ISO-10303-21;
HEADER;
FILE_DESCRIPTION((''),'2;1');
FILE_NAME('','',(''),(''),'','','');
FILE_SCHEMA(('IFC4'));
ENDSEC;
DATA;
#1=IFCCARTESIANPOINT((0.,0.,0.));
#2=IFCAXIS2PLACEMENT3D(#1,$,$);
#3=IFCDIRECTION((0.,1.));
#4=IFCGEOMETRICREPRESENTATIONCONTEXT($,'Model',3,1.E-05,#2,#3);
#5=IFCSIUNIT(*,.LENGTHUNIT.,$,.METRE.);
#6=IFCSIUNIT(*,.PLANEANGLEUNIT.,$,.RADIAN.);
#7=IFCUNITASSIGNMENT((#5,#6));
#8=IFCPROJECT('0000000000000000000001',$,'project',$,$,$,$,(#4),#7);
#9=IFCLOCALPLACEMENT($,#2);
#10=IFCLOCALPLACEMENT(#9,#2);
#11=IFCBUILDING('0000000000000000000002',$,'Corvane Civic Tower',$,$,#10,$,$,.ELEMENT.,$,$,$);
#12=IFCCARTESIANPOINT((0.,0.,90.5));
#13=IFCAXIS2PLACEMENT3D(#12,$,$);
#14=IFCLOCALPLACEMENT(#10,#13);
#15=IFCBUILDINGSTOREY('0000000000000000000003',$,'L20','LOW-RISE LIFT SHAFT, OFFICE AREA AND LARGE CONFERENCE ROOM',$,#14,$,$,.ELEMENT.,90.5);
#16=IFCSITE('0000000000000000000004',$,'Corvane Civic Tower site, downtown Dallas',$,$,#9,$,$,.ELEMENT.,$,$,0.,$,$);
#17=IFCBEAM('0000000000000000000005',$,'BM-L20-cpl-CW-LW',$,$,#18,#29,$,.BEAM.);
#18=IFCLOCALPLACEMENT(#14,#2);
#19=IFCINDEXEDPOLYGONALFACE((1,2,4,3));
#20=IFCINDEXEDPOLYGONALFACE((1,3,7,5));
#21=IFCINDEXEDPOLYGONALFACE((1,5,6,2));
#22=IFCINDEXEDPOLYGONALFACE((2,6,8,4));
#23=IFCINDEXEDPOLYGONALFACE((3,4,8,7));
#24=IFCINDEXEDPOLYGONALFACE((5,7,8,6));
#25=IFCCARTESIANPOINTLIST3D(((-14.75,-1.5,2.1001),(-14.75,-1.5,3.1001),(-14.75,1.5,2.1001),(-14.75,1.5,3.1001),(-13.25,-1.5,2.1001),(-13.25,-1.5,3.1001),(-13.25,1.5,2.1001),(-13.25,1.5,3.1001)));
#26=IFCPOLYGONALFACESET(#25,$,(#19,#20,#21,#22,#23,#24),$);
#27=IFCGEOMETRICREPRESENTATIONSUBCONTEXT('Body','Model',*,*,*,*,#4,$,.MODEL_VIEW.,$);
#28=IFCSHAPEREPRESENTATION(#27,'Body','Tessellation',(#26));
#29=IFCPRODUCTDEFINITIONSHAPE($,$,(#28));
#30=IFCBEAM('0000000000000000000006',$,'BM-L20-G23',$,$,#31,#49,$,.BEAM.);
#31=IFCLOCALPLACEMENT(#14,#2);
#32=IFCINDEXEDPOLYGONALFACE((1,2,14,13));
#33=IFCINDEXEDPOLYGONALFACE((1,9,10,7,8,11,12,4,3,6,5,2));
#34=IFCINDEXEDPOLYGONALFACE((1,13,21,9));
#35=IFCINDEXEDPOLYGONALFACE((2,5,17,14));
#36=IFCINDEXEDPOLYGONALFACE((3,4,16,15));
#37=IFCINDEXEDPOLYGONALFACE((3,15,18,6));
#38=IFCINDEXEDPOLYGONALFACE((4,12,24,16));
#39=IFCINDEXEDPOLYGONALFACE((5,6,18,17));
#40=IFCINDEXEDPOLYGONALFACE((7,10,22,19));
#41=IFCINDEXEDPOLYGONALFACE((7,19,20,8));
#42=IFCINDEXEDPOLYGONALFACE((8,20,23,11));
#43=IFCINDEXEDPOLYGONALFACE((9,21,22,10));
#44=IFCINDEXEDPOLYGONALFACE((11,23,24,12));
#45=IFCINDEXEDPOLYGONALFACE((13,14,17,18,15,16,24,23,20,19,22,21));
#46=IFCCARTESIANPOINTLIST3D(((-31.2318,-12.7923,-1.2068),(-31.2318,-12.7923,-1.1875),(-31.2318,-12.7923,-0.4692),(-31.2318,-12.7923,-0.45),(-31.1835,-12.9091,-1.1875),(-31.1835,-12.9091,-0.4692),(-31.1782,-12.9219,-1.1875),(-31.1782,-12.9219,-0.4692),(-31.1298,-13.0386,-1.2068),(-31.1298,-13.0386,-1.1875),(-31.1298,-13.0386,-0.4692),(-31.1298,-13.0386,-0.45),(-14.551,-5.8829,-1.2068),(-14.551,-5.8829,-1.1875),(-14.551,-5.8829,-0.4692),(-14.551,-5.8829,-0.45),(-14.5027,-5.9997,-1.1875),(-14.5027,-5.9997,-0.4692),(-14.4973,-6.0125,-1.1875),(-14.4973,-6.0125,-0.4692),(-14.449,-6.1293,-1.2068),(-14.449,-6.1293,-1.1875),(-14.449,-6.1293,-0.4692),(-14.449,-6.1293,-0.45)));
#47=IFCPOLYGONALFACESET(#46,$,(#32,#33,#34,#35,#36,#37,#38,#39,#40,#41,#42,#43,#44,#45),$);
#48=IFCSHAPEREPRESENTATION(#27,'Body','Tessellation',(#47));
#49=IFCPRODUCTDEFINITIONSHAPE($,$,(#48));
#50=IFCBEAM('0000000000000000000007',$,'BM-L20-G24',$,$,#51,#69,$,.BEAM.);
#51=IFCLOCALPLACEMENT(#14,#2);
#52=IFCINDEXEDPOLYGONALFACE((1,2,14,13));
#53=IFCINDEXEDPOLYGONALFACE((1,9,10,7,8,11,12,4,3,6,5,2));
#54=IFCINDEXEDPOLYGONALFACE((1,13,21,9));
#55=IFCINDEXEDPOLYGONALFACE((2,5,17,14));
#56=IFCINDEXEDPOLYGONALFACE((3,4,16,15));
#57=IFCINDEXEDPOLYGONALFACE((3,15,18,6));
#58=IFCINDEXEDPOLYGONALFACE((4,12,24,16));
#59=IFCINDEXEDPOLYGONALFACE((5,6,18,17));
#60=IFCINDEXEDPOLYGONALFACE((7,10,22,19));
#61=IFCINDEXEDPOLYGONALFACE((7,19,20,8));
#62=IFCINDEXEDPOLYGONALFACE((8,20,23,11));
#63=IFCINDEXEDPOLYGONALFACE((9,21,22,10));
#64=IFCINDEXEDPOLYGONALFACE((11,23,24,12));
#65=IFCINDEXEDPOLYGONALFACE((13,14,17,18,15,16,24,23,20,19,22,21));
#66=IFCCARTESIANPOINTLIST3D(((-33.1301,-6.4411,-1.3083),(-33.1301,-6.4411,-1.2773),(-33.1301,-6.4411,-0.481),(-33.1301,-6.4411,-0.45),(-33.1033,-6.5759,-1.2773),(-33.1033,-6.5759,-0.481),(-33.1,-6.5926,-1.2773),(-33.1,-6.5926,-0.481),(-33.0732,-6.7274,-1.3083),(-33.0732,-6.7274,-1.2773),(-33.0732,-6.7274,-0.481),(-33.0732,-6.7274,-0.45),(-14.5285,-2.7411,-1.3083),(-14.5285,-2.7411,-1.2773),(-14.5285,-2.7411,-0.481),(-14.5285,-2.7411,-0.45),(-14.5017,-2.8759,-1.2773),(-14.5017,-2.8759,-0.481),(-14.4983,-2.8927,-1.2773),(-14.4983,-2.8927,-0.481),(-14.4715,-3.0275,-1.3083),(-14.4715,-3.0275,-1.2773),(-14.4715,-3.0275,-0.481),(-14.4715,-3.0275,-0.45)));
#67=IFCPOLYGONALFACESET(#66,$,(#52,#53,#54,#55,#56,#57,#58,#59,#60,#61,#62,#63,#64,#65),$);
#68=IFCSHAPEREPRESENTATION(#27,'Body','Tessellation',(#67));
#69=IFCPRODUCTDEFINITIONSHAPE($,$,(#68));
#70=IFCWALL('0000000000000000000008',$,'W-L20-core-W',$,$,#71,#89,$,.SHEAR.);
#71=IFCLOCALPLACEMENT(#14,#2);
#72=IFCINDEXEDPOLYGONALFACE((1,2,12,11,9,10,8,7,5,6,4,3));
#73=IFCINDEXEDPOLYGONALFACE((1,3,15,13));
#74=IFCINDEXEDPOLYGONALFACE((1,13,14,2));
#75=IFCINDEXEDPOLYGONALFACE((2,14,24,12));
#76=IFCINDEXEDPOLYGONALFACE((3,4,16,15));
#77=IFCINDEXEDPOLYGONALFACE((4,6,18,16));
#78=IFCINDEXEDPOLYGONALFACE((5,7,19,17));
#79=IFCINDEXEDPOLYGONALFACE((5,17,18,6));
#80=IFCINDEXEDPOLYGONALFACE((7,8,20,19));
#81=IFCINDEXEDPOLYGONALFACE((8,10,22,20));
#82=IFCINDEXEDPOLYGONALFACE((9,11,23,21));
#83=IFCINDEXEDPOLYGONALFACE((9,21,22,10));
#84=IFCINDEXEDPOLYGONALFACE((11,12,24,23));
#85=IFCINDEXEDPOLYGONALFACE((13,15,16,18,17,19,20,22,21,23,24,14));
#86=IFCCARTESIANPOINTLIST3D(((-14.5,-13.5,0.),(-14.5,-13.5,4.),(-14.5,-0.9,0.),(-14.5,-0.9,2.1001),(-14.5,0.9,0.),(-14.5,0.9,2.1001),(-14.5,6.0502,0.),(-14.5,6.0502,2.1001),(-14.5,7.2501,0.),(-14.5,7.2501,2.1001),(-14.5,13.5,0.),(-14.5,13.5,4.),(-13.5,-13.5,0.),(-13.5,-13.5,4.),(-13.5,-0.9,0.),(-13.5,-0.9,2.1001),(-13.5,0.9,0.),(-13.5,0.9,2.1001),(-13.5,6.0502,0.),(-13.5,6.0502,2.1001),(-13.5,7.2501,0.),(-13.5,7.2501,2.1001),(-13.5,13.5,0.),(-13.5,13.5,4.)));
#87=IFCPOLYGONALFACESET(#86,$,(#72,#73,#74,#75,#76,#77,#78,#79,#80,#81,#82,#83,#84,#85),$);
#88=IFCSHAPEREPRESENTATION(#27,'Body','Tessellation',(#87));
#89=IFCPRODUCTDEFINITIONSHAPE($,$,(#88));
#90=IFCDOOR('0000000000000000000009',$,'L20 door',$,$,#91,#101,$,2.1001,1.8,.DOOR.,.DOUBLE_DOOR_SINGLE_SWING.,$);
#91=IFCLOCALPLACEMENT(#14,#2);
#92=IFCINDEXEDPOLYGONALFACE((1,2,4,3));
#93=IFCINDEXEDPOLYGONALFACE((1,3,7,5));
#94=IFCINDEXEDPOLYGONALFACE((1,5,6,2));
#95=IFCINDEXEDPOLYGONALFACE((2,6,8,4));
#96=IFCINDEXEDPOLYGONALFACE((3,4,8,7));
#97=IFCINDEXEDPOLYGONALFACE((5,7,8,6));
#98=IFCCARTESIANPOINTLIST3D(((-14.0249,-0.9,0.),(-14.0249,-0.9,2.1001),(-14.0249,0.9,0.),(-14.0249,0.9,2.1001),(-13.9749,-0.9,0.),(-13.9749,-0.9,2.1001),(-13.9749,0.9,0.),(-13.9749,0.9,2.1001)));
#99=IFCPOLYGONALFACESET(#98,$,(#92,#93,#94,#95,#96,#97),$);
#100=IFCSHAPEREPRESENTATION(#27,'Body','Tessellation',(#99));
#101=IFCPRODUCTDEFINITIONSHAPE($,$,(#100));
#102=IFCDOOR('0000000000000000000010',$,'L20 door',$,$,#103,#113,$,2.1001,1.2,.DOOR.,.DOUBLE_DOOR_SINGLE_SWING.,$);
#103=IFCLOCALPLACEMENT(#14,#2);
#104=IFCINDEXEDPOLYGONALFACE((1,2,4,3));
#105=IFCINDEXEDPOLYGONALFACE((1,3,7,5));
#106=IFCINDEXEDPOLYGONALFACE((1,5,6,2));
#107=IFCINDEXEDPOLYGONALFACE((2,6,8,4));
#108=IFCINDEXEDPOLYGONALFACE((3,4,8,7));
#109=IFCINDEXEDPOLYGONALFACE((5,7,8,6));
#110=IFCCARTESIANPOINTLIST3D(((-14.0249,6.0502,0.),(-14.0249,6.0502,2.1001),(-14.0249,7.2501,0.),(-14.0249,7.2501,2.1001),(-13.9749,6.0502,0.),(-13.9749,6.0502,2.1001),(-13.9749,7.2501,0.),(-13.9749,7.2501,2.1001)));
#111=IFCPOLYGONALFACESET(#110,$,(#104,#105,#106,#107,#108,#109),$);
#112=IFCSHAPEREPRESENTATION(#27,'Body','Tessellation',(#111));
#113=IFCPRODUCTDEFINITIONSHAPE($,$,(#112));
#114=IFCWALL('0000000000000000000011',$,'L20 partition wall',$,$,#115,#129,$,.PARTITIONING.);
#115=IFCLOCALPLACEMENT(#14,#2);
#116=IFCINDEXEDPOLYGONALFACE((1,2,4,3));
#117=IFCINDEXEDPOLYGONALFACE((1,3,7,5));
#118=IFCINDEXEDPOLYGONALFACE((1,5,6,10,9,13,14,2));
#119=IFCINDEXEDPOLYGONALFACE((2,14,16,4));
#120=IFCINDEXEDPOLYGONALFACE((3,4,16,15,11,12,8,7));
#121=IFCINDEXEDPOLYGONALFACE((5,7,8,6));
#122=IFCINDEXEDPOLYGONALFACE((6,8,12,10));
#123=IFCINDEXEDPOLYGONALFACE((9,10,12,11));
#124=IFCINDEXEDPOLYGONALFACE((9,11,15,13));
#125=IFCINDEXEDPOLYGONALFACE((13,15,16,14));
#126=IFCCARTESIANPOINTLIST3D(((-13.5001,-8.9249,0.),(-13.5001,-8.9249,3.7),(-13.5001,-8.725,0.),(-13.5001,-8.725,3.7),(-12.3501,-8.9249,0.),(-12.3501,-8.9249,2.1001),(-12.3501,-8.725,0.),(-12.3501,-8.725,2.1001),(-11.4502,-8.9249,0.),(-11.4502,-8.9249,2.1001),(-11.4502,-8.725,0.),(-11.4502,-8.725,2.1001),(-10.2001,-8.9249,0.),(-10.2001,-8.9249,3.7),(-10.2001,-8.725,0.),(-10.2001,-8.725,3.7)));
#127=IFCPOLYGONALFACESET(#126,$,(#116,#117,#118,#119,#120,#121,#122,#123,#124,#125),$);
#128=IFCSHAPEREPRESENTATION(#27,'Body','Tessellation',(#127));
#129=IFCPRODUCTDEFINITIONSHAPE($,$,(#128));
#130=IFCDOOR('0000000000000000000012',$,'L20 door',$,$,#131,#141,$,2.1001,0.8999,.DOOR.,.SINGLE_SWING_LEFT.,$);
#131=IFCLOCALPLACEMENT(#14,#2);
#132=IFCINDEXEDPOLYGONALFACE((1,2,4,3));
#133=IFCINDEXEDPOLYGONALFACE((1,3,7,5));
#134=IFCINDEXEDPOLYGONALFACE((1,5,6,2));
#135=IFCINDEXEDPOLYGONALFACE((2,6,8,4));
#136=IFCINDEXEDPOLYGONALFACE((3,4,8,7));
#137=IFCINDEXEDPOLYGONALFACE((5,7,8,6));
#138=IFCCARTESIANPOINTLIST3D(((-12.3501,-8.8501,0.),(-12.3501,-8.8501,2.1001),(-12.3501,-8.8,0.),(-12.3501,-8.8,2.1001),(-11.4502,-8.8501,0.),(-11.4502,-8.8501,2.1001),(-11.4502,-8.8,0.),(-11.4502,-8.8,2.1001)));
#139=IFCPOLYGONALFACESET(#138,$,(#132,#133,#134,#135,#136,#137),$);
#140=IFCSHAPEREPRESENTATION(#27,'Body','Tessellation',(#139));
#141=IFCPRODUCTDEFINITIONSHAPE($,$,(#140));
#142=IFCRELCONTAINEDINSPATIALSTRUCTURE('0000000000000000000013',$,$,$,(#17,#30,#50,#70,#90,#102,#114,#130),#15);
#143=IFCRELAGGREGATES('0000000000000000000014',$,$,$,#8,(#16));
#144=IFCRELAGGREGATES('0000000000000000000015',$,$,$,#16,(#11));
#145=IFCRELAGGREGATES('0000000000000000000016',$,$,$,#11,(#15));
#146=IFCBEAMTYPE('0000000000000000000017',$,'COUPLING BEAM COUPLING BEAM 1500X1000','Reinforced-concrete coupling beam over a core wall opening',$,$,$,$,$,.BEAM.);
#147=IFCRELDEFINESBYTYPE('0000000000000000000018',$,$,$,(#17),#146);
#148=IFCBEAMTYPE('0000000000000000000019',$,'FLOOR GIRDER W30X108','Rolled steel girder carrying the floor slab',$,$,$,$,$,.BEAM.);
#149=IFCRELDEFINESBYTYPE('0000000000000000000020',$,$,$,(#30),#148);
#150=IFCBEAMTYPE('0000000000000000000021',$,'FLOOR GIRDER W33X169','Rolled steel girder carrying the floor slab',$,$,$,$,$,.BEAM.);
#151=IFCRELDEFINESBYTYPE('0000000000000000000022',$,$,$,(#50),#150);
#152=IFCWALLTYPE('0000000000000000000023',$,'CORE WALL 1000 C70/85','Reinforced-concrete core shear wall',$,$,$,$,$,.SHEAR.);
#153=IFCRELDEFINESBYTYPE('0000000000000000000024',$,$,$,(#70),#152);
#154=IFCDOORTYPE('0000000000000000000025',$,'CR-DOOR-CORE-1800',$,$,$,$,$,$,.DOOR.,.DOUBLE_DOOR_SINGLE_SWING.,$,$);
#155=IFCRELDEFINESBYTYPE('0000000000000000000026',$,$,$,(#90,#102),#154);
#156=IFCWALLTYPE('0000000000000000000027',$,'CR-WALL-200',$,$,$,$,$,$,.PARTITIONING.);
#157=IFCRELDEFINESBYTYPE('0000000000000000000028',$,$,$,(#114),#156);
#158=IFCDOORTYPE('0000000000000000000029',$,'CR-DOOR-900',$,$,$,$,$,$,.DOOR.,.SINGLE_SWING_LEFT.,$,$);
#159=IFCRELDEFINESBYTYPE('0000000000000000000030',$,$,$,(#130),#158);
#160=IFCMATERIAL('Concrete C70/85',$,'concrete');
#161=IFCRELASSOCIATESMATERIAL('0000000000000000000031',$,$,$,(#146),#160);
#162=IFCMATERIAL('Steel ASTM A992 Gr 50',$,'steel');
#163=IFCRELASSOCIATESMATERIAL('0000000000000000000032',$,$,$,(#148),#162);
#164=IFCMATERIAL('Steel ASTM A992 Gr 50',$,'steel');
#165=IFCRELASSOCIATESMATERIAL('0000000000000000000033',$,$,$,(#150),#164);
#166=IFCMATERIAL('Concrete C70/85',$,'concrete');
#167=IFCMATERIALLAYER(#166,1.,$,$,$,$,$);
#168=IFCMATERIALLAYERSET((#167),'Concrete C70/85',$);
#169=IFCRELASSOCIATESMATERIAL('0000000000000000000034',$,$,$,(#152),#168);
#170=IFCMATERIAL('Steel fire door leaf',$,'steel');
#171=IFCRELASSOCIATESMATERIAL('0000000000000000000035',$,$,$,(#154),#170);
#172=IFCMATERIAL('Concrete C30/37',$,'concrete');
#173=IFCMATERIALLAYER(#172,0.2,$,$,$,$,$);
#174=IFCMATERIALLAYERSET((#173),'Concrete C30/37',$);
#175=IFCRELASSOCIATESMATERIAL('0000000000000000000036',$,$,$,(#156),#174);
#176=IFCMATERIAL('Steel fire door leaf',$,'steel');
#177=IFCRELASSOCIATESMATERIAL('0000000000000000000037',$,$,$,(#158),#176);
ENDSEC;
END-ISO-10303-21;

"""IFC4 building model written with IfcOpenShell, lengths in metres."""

from ifc_helpers import new_model, si_unit, direction, frame, frame_2d, origin, origin_2d, place, context, subcontext, project, spatial, rectangle, i_section, extrude, material, layer, layer_set, material_profile, profile_set, type_object, element, fill, save


model = new_model("IFC4")

# Units and contexts
model_context = context("Model", 3, precision=1e-05, world=origin(), true_north=direction((0.0, 1.0)))
body_context = subcontext(model_context, "Body", "Model", "MODEL_VIEW")
ifc_project = project(units=[si_unit("LENGTHUNIT", "METRE"), si_unit("PLANEANGLEUNIT", "RADIAN")], contexts=[model_context])

# Site, building, storey
site_placement = place(None, origin())
site = spatial("IfcSite", under=ifc_project, at=site_placement, Name="Corvane Civic Tower site, downtown Dallas", CompositionType="ELEMENT", RefElevation=0.0)
building_placement = place(site_placement, origin())
building = spatial("IfcBuilding", under=site, at=building_placement, Name="Corvane Civic Tower", CompositionType="ELEMENT")
storey_placement = place(building_placement, frame((0.0, 0.0, 90.5)))
storey = spatial("IfcBuildingStorey", under=building, at=storey_placement, Name="L20", Description="LOW-RISE LIFT SHAFT, OFFICE AREA AND LARGE CONFERENCE ROOM", CompositionType="ELEMENT", Elevation=90.5)

# Beams
ifc_material_1 = material(Name="Concrete C70/85", Category="concrete")
ifc_material_profile_1 = material_profile(ifc_material_1, rectangle(XDim=1.5, YDim=1.0, at=origin_2d()), Name="COUPLING BEAM 1500X1000")
ifc_profile_set_1 = profile_set([ifc_material_profile_1], Name="Concrete C70/85")
beam_type_1 = type_object("IfcBeamType", Name="COUPLING BEAM COUPLING BEAM 1500X1000", Description="Reinforced-concrete coupling beam over a core wall opening", PredefinedType="BEAM", material=ifc_profile_set_1)
beam_1_placement = place(storey_placement, frame((-14.0, -1.5, 2.6001), z_axis=(0.0, 1.0, 0.0), x_axis=(-1.0, 0.0, 0.0)))
element("IfcBeam", 1, at=beam_1_placement, inside=storey, type_object=beam_type_1, Name="BM-L20-cpl-CW-LW", PredefinedType="BEAM", context=body_context, shape_type="SweptSolid", body=[
    extrude(rectangle(XDim=1.5, YDim=1.0, at=origin_2d()), origin(), (0.0, 0.0, 1.0), 3.0),
])
ifc_material_2 = material(Name="Steel ASTM A992 Gr 50", Category="steel")
ifc_material_profile_2 = material_profile(ifc_material_2, i_section(OverallWidth=0.2666, OverallDepth=0.7568, WebThickness=0.0139, FlangeThickness=0.0193, at=origin_2d()), Name="W30X108")
ifc_profile_set_2 = profile_set([ifc_material_profile_2], Name="Steel ASTM A992 Gr 50")
beam_type_2 = type_object("IfcBeamType", Name="FLOOR GIRDER W30X108", Description="Rolled steel girder carrying the floor slab", PredefinedType="BEAM", material=ifc_profile_set_2)
beam_2_placement = place(storey_placement, frame((-14.5, -6.0061, -0.8284), z_axis=(-0.92388, -0.382682, 0.0), x_axis=(0.382682, -0.92388, 0.0)))
element("IfcBeam", 2, at=beam_2_placement, inside=storey, type_object=beam_type_2, Name="BM-L20-G23", PredefinedType="BEAM", context=body_context, shape_type="SweptSolid", body=[
    extrude(i_section(OverallWidth=0.2666, OverallDepth=0.7568, WebThickness=0.0139, FlangeThickness=0.0193, at=origin_2d()), origin(), (0.0, 0.0, 1.0), 18.0552),
])
ifc_material_3 = material(Name="Steel ASTM A992 Gr 50", Category="steel")
ifc_material_profile_3 = material_profile(ifc_material_3, i_section(OverallWidth=0.292, OverallDepth=0.8584, WebThickness=0.0171, FlangeThickness=0.031, at=origin_2d()), Name="W33X169")
ifc_profile_set_3 = profile_set([ifc_material_profile_3], Name="Steel ASTM A992 Gr 50")
beam_type_3 = type_object("IfcBeamType", Name="FLOOR GIRDER W33X169", Description="Rolled steel girder carrying the floor slab", PredefinedType="BEAM", material=ifc_profile_set_3)
beam_3_placement = place(storey_placement, frame((-14.5, -2.8843, -0.8792), z_axis=(-0.980787, -0.195084, 0.0), x_axis=(0.195084, -0.980787, 0.0)))
element("IfcBeam", 3, at=beam_3_placement, inside=storey, type_object=beam_type_3, Name="BM-L20-G24", PredefinedType="BEAM", context=body_context, shape_type="SweptSolid", body=[
    extrude(i_section(OverallWidth=0.292, OverallDepth=0.8584, WebThickness=0.0171, FlangeThickness=0.031, at=origin_2d()), origin(), (0.0, 0.0, 1.0), 18.9661),
])

# Wall, openings, doors
ifc_material_4 = material(Name="Concrete C70/85", Category="concrete")
ifc_layer_1 = layer(ifc_material_4, 1.0)
ifc_layer_set_1 = layer_set([ifc_layer_1], Name="Concrete C70/85")
wall_type_1 = type_object("IfcWallType", Name="CORE WALL 1000 C70/85", Description="Reinforced-concrete core shear wall", PredefinedType="SHEAR", material=ifc_layer_set_1)
wall_1_placement = place(storey_placement, frame((-14.0, -13.5, 0.0), z_axis=(0.0, 0.0, 1.0), x_axis=(0.0, 1.0, 0.0)))
wall_1 = element("IfcWall", 4, at=wall_1_placement, inside=storey, type_object=wall_type_1, Name="W-L20-core-W", PredefinedType="SHEAR", context=body_context, shape_type="SweptSolid", body=[
    extrude(rectangle(XDim=27.0, YDim=1.0, at=frame_2d((13.5, 0.0))), origin(), (0.0, 0.0, 1.0), 4.0),
])
opening_1_placement = place(wall_1_placement, frame((12.6001, 0.0, 0.0)))
opening_1 = element("IfcOpeningElement", 5, at=opening_1_placement, cuts=wall_1, PredefinedType="OPENING", context=body_context, shape_type="SweptSolid", body=[
    extrude(rectangle(XDim=1.8, YDim=2.1001, at=frame_2d((0.8999, 1.05))), frame((0.0, 0.51, 0.0), z_axis=(0.0, -1.0, 0.0), x_axis=(1.0, 0.0, 0.0)), (0.0, 0.0, 1.0), 1.02),
])
opening_2_placement = place(wall_1_placement, frame((19.55, 0.0, 0.0)))
opening_2 = element("IfcOpeningElement", 6, at=opening_2_placement, cuts=wall_1, PredefinedType="OPENING", context=body_context, shape_type="SweptSolid", body=[
    extrude(rectangle(XDim=1.2, YDim=2.1001, at=frame_2d((0.6001, 1.05))), frame((0.0, 0.51, 0.0), z_axis=(0.0, -1.0, 0.0), x_axis=(1.0, 0.0, 0.0)), (0.0, 0.0, 1.0), 1.02),
])
ifc_material_5 = material(Name="Steel fire door leaf", Category="steel")
door_type_1 = type_object("IfcDoorType", Name="CR-DOOR-CORE-1800", OperationType="DOUBLE_DOOR_SINGLE_SWING", PredefinedType="DOOR", material=ifc_material_5)
door_1_placement = place(opening_1_placement, origin())
door_1 = element("IfcDoor", 7, at=door_1_placement, inside=storey, type_object=door_type_1, Name="L20 door", OperationType="DOUBLE_DOOR_SINGLE_SWING", OverallHeight=2.1001, OverallWidth=1.8, PredefinedType="DOOR", context=body_context, shape_type="SweptSolid", body=[
    extrude(rectangle(XDim=1.8, YDim=2.1001, at=frame_2d((0.8999, 1.05))), frame((0.0, 0.0249, 0.0), z_axis=(0.0, -1.0, 0.0), x_axis=(1.0, 0.0, 0.0)), (0.0, 0.0, 1.0), 0.05),
])
fill(opening_1, door_1)
door_2_placement = place(opening_2_placement, origin())
door_2 = element("IfcDoor", 8, at=door_2_placement, inside=storey, type_object=door_type_1, Name="L20 door", OperationType="DOUBLE_DOOR_SINGLE_SWING", OverallHeight=2.1001, OverallWidth=1.2, PredefinedType="DOOR", context=body_context, shape_type="SweptSolid", body=[
    extrude(rectangle(XDim=1.2, YDim=2.1001, at=frame_2d((0.6001, 1.05))), frame((0.0, 0.0249, 0.0), z_axis=(0.0, -1.0, 0.0), x_axis=(1.0, 0.0, 0.0)), (0.0, 0.0, 1.0), 0.05),
])
fill(opening_2, door_2)

# Wall, opening, door
ifc_material_6 = material(Name="Concrete C30/37", Category="concrete")
ifc_layer_2 = layer(ifc_material_6, 0.2)
ifc_layer_set_2 = layer_set([ifc_layer_2], Name="Concrete C30/37")
wall_type_2 = type_object("IfcWallType", Name="CR-WALL-200", PredefinedType="PARTITIONING", material=ifc_layer_set_2)
wall_2_placement = place(storey_placement, frame((-13.5, -8.825, 0.0), z_axis=(0.0, 0.0, 1.0), x_axis=(1.0, 0.0, 0.0)))
wall_2 = element("IfcWall", 9, at=wall_2_placement, inside=storey, type_object=wall_type_2, Name="L20 partition wall", PredefinedType="PARTITIONING", context=body_context, shape_type="SweptSolid", body=[
    extrude(rectangle(XDim=3.3, YDim=0.2, at=frame_2d((1.6499, 0.0))), origin(), (0.0, 0.0, 1.0), 3.7),
])
opening_3_placement = place(wall_2_placement, frame((1.1499, 0.0, 0.0)))
opening_3 = element("IfcOpeningElement", 10, at=opening_3_placement, cuts=wall_2, PredefinedType="OPENING", context=body_context, shape_type="SweptSolid", body=[
    extrude(rectangle(XDim=0.8999, YDim=2.1001, at=frame_2d((0.45, 1.05))), frame((0.0, 0.1099, 0.0), z_axis=(0.0, -1.0, 0.0), x_axis=(1.0, 0.0, 0.0)), (0.0, 0.0, 1.0), 0.22),
])
ifc_material_7 = material(Name="Steel fire door leaf", Category="steel")
door_type_2 = type_object("IfcDoorType", Name="CR-DOOR-900", OperationType="SINGLE_SWING_LEFT", PredefinedType="DOOR", material=ifc_material_7)
door_3_placement = place(opening_3_placement, origin())
door_3 = element("IfcDoor", 11, at=door_3_placement, inside=storey, type_object=door_type_2, Name="L20 door", OperationType="SINGLE_SWING_LEFT", OverallHeight=2.1001, OverallWidth=0.8999, PredefinedType="DOOR", context=body_context, shape_type="SweptSolid", body=[
    extrude(rectangle(XDim=0.8999, YDim=2.1001, at=frame_2d((0.45, 1.05))), frame((0.0, 0.0249, 0.0), z_axis=(0.0, -1.0, 0.0), x_axis=(1.0, 0.0, 0.0)), (0.0, 0.0, 1.0), 0.05),
])
fill(opening_3, door_3)

save(model, "model.ifc")
